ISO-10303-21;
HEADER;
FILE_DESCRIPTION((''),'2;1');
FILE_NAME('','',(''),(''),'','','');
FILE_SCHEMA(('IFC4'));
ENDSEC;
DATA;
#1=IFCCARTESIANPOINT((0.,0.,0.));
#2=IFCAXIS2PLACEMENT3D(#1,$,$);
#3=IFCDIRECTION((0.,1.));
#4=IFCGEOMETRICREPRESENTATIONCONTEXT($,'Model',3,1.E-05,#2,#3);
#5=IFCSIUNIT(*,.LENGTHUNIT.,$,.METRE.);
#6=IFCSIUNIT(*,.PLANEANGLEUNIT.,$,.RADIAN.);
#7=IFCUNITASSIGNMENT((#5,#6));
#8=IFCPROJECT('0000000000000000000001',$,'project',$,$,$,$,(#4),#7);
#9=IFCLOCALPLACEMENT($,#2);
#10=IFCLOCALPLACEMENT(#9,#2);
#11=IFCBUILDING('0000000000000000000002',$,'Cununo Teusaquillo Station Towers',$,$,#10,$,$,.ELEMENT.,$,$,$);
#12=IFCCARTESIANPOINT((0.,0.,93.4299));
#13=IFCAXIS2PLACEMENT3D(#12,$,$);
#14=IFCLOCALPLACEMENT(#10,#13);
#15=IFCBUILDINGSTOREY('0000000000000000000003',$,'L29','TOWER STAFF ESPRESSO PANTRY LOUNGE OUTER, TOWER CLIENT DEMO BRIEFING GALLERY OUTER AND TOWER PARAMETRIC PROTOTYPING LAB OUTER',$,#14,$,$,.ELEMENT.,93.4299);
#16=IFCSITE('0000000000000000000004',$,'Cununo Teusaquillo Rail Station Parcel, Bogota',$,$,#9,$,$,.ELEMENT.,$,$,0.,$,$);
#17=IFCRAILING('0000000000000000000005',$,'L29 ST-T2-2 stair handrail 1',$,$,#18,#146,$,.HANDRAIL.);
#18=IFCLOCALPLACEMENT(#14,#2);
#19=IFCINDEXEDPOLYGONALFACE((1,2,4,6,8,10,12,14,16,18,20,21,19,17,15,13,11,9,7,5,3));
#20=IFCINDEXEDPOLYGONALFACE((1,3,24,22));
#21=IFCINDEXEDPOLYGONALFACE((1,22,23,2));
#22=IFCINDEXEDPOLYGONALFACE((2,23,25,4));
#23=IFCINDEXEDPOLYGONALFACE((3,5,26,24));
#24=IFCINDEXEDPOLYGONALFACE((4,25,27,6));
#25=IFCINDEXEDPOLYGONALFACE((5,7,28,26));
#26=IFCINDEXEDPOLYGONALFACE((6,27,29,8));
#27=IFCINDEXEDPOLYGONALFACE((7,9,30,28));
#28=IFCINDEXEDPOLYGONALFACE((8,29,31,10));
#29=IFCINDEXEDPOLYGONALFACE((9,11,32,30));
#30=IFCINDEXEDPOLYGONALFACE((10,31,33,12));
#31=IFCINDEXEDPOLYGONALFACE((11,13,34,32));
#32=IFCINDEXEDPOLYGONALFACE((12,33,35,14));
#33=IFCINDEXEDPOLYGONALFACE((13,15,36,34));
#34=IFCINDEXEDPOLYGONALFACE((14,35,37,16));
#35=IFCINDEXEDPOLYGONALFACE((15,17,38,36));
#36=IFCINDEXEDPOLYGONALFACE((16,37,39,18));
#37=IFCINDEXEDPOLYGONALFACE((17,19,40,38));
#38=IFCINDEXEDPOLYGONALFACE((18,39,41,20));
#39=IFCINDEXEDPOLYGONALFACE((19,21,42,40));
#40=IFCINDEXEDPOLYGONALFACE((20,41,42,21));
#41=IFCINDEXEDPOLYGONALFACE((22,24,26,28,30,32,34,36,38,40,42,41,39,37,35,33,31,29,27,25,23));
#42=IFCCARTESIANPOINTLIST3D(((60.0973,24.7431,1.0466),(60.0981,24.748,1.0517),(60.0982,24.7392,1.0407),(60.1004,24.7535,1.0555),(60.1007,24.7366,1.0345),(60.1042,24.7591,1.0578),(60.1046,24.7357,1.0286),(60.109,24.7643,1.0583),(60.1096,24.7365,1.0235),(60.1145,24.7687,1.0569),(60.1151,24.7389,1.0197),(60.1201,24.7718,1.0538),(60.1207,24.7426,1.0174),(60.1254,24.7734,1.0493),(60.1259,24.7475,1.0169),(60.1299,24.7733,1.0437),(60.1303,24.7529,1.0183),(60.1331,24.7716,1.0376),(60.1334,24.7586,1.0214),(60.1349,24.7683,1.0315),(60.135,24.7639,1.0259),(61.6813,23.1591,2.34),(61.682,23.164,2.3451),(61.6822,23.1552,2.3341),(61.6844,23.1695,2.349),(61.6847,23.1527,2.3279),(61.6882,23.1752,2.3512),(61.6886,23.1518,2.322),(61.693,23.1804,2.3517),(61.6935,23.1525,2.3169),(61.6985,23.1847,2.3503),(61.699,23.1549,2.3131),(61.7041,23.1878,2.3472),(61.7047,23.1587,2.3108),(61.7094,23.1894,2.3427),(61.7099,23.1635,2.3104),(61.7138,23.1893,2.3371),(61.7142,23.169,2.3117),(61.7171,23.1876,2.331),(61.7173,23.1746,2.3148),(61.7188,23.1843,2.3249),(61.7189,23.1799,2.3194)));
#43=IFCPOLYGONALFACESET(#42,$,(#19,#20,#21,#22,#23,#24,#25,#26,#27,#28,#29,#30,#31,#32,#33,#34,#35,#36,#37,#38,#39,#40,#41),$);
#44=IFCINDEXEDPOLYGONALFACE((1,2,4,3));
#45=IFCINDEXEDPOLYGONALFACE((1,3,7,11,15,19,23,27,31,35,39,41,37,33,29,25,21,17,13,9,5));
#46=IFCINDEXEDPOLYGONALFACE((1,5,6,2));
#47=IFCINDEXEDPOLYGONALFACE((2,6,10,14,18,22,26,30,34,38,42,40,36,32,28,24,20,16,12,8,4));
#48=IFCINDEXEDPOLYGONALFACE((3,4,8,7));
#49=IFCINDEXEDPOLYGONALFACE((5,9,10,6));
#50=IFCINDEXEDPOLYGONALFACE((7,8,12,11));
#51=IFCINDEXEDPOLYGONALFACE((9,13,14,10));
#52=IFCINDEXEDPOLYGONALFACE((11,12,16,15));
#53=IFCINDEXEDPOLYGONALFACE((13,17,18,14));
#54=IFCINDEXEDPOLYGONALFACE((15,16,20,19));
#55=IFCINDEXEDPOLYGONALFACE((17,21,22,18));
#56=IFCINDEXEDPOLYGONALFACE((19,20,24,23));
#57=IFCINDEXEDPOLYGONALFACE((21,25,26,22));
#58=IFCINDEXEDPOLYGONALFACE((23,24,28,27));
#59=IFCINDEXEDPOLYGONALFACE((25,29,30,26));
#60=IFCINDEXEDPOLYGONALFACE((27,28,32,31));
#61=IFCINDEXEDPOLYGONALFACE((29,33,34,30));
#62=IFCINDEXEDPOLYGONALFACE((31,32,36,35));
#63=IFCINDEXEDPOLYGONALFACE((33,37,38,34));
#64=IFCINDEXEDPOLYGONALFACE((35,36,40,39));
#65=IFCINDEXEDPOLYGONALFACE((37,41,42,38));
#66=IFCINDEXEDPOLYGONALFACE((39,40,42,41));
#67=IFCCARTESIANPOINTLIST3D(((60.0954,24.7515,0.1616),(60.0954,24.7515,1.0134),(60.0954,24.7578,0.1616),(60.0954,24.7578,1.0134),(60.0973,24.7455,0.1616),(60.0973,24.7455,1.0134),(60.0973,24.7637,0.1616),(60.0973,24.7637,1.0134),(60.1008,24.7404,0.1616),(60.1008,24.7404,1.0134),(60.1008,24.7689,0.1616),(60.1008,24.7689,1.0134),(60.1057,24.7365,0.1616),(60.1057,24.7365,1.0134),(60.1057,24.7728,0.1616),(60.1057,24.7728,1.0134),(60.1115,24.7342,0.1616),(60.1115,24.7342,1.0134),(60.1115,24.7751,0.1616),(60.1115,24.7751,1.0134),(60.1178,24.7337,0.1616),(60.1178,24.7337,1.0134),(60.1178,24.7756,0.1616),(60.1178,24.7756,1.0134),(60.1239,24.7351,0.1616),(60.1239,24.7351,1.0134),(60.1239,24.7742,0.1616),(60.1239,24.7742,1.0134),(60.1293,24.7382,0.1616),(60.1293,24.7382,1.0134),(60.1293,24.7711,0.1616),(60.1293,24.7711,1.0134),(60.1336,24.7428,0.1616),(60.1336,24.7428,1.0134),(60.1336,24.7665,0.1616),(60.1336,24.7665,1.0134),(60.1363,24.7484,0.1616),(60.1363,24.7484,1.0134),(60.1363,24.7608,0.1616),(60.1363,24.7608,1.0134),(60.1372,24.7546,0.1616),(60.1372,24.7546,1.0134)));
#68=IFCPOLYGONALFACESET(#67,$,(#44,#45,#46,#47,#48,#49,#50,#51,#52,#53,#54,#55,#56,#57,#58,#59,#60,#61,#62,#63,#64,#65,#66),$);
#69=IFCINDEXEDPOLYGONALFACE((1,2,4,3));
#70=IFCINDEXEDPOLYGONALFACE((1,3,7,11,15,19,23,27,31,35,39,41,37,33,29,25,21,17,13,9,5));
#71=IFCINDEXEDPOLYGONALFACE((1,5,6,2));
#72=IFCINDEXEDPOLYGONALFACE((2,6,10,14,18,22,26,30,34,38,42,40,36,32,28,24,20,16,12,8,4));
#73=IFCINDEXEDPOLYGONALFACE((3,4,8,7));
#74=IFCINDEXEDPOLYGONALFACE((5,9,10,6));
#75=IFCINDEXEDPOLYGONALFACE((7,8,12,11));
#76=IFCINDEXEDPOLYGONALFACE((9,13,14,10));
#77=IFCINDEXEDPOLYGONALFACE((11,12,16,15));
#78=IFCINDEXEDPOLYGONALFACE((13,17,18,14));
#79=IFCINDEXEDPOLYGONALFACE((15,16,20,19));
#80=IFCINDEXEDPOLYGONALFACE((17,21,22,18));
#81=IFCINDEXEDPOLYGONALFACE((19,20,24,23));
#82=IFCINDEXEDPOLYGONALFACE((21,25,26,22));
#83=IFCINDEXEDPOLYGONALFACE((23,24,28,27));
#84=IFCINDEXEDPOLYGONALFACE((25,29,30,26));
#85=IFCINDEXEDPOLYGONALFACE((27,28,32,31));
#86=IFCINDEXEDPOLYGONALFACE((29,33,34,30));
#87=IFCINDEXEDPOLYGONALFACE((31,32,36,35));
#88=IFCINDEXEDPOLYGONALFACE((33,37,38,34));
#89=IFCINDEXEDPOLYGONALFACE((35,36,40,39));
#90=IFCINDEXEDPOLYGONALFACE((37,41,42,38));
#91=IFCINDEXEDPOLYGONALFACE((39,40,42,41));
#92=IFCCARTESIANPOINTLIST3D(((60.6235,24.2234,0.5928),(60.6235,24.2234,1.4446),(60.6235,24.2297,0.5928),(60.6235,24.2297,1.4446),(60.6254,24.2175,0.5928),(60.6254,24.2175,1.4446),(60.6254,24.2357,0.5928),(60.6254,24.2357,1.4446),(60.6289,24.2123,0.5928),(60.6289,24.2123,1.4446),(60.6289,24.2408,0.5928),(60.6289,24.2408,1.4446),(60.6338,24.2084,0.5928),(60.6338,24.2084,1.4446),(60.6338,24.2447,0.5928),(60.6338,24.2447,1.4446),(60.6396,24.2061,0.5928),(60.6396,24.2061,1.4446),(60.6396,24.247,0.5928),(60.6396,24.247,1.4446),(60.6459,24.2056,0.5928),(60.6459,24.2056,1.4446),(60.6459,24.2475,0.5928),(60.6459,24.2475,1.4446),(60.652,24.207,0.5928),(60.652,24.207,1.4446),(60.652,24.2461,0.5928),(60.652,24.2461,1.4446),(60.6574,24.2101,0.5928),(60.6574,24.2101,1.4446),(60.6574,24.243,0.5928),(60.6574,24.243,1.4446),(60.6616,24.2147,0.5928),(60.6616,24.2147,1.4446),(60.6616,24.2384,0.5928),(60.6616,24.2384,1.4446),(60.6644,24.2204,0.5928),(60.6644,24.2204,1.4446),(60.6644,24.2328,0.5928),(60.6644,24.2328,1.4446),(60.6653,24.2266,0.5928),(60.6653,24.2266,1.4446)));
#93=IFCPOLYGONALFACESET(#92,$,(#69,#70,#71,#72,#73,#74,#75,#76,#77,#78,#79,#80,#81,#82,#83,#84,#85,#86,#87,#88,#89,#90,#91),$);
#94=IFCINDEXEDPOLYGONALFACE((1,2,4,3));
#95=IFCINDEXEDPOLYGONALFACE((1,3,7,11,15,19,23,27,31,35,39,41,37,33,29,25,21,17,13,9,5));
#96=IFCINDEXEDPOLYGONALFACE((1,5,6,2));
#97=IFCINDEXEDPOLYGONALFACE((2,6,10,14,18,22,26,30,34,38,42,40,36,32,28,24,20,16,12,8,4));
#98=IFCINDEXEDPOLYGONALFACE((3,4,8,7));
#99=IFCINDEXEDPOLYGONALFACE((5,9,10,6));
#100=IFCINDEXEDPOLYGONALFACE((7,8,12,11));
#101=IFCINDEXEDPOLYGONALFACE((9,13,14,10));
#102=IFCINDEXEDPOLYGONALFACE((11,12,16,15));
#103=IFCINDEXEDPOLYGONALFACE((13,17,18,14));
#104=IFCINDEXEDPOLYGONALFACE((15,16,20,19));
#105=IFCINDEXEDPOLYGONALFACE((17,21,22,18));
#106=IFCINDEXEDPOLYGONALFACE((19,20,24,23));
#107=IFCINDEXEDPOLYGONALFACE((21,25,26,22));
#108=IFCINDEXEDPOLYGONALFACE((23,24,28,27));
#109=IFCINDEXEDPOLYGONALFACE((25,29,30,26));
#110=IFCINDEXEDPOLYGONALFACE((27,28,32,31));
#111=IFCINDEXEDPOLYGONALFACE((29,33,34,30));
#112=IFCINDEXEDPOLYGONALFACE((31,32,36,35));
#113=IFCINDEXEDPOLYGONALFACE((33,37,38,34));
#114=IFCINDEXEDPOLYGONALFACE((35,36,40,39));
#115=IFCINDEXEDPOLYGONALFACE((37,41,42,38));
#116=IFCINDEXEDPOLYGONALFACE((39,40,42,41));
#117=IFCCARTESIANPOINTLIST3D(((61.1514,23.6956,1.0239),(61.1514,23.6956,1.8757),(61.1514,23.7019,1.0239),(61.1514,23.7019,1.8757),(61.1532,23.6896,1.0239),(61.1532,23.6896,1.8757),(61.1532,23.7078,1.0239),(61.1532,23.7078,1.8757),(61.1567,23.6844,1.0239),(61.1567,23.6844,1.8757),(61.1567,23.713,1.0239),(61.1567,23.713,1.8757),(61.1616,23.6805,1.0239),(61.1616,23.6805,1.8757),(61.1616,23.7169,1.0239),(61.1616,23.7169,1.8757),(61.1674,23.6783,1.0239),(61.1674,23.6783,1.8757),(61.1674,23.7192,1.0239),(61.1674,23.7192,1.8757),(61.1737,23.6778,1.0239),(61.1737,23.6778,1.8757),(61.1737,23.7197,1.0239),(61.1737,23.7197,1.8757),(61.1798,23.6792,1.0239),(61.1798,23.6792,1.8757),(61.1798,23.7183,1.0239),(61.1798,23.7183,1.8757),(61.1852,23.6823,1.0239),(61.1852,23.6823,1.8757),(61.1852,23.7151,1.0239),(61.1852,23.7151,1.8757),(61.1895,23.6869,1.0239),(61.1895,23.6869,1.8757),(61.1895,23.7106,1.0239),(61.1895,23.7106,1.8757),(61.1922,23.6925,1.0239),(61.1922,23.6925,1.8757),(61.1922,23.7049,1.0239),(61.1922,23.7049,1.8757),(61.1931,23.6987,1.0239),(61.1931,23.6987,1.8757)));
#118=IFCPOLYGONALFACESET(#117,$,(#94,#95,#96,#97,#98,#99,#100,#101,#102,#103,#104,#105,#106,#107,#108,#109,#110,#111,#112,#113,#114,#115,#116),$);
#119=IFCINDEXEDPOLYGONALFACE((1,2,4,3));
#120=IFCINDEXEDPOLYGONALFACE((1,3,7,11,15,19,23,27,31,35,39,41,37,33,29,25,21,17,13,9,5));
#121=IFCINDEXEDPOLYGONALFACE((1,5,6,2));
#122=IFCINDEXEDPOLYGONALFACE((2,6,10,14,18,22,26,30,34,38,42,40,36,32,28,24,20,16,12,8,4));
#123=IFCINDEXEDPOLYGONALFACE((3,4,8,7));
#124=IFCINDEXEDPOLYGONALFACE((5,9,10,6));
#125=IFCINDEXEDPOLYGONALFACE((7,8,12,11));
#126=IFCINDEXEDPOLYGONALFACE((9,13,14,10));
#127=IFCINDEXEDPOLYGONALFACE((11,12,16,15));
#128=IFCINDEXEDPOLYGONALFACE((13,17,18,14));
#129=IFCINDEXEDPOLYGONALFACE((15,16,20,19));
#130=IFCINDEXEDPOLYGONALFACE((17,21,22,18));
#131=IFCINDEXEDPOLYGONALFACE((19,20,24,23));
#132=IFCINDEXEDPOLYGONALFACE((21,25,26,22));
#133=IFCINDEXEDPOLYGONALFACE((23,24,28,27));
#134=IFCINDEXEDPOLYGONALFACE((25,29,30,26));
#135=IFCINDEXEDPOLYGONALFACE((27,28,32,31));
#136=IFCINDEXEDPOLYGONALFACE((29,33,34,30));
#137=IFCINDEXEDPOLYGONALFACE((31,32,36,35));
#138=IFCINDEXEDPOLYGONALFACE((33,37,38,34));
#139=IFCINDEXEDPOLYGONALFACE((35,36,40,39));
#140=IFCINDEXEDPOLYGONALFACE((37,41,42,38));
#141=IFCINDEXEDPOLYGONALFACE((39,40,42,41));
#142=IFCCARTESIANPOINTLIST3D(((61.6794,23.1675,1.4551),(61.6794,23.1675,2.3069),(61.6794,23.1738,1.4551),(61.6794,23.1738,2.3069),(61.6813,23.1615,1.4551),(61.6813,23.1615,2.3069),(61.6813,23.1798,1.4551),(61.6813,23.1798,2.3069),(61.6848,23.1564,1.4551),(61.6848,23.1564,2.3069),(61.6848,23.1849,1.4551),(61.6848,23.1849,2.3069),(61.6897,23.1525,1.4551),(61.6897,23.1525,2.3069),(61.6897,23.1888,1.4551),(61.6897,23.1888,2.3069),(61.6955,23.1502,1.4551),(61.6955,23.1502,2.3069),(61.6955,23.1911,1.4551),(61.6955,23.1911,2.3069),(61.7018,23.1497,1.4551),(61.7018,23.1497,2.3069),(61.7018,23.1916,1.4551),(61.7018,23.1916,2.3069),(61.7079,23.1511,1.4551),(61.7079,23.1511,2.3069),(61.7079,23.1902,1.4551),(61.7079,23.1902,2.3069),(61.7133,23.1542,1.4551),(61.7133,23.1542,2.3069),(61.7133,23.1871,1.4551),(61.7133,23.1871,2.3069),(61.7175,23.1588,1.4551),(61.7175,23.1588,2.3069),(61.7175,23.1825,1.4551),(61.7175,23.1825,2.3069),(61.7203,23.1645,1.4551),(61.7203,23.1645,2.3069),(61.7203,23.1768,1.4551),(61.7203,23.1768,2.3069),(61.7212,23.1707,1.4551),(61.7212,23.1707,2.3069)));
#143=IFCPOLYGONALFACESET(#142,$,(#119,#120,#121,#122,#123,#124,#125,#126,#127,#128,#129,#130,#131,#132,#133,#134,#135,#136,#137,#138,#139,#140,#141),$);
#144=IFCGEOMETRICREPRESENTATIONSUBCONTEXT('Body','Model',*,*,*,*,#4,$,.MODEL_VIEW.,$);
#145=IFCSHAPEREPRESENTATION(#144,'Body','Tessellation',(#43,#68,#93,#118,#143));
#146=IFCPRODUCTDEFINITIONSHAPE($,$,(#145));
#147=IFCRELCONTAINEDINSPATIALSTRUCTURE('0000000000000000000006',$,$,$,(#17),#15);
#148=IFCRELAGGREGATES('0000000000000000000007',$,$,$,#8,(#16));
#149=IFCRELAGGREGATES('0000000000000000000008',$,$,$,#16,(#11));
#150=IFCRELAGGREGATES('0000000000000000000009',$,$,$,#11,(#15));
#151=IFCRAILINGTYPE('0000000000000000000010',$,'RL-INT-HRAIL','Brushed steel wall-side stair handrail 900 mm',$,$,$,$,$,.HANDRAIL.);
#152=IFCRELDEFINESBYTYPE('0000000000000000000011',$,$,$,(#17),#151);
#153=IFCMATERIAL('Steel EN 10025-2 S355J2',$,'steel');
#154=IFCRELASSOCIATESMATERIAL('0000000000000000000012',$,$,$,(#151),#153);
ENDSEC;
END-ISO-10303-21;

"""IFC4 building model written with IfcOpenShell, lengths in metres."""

from ifc_helpers import new_model, si_unit, direction, frame, origin, origin_2d, place, context, subcontext, project, spatial, circle, extrude, material, type_object, element, save


model = new_model("IFC4")

# Units and contexts
model_context = context("Model", 3, precision=1e-05, world=origin(), true_north=direction((0.0, 1.0)))
body_context = subcontext(model_context, "Body", "Model", "MODEL_VIEW")
ifc_project = project(units=[si_unit("LENGTHUNIT", "METRE"), si_unit("PLANEANGLEUNIT", "RADIAN")], contexts=[model_context])

# Site, building, storey
site_placement = place(None, origin())
site = spatial("IfcSite", under=ifc_project, at=site_placement, Name="Cununo Teusaquillo Rail Station Parcel, Bogota", CompositionType="ELEMENT", RefElevation=0.0)
building_placement = place(site_placement, origin())
building = spatial("IfcBuilding", under=site, at=building_placement, Name="Cununo Teusaquillo Station Towers", CompositionType="ELEMENT")
storey_placement = place(building_placement, frame((0.0, 0.0, 93.4299)))
storey = spatial("IfcBuildingStorey", under=building, at=storey_placement, Name="L29", Description="TOWER STAFF ESPRESSO PANTRY LOUNGE OUTER, TOWER CLIENT DEMO BRIEFING GALLERY OUTER AND TOWER PARAMETRIC PROTOTYPING LAB OUTER", CompositionType="ELEMENT", Elevation=93.4299)

# Railing
ifc_material_1 = material(Name="Steel EN 10025-2 S355J2", Category="steel")
railing_type_1 = type_object("IfcRailingType", Name="RL-INT-HRAIL", Description="Brushed steel wall-side stair handrail 900 mm", PredefinedType="HANDRAIL", material=ifc_material_1)
railing_1_placement = place(storey_placement, frame((60.1162, 24.7546, 0.1616)))
element("IfcRailing", 1, at=railing_1_placement, inside=storey, type_object=railing_type_1, Name="L29 ST-T2-2 stair handrail 1", PredefinedType="HANDRAIL", context=body_context, shape_type="SweptSolid", body=[
    extrude(circle(Radius=0.0239, at=origin_2d()), frame((0.0, 0.0, 0.876), z_axis=(0.612356, -0.612356, 0.50004), x_axis=(0.707107, 0.707107, 0.0)), (0.0, 0.0, 1.0), 2.5867),
    extrude(circle(Radius=0.021, at=origin_2d()), origin(), (0.0, 0.0, 1.0), 0.8518),
    extrude(circle(Radius=0.021, at=origin_2d()), frame((0.5281, -0.5281, 0.4312)), (0.0, 0.0, 1.0), 0.8518),
    extrude(circle(Radius=0.021, at=origin_2d()), frame((1.0559, -1.0559, 0.8623)), (0.0, 0.0, 1.0), 0.8518),
    extrude(circle(Radius=0.021, at=origin_2d()), frame((1.584, -1.584, 1.2935)), (0.0, 0.0, 1.0), 0.8518),
])

save(model, "model.ifc")
